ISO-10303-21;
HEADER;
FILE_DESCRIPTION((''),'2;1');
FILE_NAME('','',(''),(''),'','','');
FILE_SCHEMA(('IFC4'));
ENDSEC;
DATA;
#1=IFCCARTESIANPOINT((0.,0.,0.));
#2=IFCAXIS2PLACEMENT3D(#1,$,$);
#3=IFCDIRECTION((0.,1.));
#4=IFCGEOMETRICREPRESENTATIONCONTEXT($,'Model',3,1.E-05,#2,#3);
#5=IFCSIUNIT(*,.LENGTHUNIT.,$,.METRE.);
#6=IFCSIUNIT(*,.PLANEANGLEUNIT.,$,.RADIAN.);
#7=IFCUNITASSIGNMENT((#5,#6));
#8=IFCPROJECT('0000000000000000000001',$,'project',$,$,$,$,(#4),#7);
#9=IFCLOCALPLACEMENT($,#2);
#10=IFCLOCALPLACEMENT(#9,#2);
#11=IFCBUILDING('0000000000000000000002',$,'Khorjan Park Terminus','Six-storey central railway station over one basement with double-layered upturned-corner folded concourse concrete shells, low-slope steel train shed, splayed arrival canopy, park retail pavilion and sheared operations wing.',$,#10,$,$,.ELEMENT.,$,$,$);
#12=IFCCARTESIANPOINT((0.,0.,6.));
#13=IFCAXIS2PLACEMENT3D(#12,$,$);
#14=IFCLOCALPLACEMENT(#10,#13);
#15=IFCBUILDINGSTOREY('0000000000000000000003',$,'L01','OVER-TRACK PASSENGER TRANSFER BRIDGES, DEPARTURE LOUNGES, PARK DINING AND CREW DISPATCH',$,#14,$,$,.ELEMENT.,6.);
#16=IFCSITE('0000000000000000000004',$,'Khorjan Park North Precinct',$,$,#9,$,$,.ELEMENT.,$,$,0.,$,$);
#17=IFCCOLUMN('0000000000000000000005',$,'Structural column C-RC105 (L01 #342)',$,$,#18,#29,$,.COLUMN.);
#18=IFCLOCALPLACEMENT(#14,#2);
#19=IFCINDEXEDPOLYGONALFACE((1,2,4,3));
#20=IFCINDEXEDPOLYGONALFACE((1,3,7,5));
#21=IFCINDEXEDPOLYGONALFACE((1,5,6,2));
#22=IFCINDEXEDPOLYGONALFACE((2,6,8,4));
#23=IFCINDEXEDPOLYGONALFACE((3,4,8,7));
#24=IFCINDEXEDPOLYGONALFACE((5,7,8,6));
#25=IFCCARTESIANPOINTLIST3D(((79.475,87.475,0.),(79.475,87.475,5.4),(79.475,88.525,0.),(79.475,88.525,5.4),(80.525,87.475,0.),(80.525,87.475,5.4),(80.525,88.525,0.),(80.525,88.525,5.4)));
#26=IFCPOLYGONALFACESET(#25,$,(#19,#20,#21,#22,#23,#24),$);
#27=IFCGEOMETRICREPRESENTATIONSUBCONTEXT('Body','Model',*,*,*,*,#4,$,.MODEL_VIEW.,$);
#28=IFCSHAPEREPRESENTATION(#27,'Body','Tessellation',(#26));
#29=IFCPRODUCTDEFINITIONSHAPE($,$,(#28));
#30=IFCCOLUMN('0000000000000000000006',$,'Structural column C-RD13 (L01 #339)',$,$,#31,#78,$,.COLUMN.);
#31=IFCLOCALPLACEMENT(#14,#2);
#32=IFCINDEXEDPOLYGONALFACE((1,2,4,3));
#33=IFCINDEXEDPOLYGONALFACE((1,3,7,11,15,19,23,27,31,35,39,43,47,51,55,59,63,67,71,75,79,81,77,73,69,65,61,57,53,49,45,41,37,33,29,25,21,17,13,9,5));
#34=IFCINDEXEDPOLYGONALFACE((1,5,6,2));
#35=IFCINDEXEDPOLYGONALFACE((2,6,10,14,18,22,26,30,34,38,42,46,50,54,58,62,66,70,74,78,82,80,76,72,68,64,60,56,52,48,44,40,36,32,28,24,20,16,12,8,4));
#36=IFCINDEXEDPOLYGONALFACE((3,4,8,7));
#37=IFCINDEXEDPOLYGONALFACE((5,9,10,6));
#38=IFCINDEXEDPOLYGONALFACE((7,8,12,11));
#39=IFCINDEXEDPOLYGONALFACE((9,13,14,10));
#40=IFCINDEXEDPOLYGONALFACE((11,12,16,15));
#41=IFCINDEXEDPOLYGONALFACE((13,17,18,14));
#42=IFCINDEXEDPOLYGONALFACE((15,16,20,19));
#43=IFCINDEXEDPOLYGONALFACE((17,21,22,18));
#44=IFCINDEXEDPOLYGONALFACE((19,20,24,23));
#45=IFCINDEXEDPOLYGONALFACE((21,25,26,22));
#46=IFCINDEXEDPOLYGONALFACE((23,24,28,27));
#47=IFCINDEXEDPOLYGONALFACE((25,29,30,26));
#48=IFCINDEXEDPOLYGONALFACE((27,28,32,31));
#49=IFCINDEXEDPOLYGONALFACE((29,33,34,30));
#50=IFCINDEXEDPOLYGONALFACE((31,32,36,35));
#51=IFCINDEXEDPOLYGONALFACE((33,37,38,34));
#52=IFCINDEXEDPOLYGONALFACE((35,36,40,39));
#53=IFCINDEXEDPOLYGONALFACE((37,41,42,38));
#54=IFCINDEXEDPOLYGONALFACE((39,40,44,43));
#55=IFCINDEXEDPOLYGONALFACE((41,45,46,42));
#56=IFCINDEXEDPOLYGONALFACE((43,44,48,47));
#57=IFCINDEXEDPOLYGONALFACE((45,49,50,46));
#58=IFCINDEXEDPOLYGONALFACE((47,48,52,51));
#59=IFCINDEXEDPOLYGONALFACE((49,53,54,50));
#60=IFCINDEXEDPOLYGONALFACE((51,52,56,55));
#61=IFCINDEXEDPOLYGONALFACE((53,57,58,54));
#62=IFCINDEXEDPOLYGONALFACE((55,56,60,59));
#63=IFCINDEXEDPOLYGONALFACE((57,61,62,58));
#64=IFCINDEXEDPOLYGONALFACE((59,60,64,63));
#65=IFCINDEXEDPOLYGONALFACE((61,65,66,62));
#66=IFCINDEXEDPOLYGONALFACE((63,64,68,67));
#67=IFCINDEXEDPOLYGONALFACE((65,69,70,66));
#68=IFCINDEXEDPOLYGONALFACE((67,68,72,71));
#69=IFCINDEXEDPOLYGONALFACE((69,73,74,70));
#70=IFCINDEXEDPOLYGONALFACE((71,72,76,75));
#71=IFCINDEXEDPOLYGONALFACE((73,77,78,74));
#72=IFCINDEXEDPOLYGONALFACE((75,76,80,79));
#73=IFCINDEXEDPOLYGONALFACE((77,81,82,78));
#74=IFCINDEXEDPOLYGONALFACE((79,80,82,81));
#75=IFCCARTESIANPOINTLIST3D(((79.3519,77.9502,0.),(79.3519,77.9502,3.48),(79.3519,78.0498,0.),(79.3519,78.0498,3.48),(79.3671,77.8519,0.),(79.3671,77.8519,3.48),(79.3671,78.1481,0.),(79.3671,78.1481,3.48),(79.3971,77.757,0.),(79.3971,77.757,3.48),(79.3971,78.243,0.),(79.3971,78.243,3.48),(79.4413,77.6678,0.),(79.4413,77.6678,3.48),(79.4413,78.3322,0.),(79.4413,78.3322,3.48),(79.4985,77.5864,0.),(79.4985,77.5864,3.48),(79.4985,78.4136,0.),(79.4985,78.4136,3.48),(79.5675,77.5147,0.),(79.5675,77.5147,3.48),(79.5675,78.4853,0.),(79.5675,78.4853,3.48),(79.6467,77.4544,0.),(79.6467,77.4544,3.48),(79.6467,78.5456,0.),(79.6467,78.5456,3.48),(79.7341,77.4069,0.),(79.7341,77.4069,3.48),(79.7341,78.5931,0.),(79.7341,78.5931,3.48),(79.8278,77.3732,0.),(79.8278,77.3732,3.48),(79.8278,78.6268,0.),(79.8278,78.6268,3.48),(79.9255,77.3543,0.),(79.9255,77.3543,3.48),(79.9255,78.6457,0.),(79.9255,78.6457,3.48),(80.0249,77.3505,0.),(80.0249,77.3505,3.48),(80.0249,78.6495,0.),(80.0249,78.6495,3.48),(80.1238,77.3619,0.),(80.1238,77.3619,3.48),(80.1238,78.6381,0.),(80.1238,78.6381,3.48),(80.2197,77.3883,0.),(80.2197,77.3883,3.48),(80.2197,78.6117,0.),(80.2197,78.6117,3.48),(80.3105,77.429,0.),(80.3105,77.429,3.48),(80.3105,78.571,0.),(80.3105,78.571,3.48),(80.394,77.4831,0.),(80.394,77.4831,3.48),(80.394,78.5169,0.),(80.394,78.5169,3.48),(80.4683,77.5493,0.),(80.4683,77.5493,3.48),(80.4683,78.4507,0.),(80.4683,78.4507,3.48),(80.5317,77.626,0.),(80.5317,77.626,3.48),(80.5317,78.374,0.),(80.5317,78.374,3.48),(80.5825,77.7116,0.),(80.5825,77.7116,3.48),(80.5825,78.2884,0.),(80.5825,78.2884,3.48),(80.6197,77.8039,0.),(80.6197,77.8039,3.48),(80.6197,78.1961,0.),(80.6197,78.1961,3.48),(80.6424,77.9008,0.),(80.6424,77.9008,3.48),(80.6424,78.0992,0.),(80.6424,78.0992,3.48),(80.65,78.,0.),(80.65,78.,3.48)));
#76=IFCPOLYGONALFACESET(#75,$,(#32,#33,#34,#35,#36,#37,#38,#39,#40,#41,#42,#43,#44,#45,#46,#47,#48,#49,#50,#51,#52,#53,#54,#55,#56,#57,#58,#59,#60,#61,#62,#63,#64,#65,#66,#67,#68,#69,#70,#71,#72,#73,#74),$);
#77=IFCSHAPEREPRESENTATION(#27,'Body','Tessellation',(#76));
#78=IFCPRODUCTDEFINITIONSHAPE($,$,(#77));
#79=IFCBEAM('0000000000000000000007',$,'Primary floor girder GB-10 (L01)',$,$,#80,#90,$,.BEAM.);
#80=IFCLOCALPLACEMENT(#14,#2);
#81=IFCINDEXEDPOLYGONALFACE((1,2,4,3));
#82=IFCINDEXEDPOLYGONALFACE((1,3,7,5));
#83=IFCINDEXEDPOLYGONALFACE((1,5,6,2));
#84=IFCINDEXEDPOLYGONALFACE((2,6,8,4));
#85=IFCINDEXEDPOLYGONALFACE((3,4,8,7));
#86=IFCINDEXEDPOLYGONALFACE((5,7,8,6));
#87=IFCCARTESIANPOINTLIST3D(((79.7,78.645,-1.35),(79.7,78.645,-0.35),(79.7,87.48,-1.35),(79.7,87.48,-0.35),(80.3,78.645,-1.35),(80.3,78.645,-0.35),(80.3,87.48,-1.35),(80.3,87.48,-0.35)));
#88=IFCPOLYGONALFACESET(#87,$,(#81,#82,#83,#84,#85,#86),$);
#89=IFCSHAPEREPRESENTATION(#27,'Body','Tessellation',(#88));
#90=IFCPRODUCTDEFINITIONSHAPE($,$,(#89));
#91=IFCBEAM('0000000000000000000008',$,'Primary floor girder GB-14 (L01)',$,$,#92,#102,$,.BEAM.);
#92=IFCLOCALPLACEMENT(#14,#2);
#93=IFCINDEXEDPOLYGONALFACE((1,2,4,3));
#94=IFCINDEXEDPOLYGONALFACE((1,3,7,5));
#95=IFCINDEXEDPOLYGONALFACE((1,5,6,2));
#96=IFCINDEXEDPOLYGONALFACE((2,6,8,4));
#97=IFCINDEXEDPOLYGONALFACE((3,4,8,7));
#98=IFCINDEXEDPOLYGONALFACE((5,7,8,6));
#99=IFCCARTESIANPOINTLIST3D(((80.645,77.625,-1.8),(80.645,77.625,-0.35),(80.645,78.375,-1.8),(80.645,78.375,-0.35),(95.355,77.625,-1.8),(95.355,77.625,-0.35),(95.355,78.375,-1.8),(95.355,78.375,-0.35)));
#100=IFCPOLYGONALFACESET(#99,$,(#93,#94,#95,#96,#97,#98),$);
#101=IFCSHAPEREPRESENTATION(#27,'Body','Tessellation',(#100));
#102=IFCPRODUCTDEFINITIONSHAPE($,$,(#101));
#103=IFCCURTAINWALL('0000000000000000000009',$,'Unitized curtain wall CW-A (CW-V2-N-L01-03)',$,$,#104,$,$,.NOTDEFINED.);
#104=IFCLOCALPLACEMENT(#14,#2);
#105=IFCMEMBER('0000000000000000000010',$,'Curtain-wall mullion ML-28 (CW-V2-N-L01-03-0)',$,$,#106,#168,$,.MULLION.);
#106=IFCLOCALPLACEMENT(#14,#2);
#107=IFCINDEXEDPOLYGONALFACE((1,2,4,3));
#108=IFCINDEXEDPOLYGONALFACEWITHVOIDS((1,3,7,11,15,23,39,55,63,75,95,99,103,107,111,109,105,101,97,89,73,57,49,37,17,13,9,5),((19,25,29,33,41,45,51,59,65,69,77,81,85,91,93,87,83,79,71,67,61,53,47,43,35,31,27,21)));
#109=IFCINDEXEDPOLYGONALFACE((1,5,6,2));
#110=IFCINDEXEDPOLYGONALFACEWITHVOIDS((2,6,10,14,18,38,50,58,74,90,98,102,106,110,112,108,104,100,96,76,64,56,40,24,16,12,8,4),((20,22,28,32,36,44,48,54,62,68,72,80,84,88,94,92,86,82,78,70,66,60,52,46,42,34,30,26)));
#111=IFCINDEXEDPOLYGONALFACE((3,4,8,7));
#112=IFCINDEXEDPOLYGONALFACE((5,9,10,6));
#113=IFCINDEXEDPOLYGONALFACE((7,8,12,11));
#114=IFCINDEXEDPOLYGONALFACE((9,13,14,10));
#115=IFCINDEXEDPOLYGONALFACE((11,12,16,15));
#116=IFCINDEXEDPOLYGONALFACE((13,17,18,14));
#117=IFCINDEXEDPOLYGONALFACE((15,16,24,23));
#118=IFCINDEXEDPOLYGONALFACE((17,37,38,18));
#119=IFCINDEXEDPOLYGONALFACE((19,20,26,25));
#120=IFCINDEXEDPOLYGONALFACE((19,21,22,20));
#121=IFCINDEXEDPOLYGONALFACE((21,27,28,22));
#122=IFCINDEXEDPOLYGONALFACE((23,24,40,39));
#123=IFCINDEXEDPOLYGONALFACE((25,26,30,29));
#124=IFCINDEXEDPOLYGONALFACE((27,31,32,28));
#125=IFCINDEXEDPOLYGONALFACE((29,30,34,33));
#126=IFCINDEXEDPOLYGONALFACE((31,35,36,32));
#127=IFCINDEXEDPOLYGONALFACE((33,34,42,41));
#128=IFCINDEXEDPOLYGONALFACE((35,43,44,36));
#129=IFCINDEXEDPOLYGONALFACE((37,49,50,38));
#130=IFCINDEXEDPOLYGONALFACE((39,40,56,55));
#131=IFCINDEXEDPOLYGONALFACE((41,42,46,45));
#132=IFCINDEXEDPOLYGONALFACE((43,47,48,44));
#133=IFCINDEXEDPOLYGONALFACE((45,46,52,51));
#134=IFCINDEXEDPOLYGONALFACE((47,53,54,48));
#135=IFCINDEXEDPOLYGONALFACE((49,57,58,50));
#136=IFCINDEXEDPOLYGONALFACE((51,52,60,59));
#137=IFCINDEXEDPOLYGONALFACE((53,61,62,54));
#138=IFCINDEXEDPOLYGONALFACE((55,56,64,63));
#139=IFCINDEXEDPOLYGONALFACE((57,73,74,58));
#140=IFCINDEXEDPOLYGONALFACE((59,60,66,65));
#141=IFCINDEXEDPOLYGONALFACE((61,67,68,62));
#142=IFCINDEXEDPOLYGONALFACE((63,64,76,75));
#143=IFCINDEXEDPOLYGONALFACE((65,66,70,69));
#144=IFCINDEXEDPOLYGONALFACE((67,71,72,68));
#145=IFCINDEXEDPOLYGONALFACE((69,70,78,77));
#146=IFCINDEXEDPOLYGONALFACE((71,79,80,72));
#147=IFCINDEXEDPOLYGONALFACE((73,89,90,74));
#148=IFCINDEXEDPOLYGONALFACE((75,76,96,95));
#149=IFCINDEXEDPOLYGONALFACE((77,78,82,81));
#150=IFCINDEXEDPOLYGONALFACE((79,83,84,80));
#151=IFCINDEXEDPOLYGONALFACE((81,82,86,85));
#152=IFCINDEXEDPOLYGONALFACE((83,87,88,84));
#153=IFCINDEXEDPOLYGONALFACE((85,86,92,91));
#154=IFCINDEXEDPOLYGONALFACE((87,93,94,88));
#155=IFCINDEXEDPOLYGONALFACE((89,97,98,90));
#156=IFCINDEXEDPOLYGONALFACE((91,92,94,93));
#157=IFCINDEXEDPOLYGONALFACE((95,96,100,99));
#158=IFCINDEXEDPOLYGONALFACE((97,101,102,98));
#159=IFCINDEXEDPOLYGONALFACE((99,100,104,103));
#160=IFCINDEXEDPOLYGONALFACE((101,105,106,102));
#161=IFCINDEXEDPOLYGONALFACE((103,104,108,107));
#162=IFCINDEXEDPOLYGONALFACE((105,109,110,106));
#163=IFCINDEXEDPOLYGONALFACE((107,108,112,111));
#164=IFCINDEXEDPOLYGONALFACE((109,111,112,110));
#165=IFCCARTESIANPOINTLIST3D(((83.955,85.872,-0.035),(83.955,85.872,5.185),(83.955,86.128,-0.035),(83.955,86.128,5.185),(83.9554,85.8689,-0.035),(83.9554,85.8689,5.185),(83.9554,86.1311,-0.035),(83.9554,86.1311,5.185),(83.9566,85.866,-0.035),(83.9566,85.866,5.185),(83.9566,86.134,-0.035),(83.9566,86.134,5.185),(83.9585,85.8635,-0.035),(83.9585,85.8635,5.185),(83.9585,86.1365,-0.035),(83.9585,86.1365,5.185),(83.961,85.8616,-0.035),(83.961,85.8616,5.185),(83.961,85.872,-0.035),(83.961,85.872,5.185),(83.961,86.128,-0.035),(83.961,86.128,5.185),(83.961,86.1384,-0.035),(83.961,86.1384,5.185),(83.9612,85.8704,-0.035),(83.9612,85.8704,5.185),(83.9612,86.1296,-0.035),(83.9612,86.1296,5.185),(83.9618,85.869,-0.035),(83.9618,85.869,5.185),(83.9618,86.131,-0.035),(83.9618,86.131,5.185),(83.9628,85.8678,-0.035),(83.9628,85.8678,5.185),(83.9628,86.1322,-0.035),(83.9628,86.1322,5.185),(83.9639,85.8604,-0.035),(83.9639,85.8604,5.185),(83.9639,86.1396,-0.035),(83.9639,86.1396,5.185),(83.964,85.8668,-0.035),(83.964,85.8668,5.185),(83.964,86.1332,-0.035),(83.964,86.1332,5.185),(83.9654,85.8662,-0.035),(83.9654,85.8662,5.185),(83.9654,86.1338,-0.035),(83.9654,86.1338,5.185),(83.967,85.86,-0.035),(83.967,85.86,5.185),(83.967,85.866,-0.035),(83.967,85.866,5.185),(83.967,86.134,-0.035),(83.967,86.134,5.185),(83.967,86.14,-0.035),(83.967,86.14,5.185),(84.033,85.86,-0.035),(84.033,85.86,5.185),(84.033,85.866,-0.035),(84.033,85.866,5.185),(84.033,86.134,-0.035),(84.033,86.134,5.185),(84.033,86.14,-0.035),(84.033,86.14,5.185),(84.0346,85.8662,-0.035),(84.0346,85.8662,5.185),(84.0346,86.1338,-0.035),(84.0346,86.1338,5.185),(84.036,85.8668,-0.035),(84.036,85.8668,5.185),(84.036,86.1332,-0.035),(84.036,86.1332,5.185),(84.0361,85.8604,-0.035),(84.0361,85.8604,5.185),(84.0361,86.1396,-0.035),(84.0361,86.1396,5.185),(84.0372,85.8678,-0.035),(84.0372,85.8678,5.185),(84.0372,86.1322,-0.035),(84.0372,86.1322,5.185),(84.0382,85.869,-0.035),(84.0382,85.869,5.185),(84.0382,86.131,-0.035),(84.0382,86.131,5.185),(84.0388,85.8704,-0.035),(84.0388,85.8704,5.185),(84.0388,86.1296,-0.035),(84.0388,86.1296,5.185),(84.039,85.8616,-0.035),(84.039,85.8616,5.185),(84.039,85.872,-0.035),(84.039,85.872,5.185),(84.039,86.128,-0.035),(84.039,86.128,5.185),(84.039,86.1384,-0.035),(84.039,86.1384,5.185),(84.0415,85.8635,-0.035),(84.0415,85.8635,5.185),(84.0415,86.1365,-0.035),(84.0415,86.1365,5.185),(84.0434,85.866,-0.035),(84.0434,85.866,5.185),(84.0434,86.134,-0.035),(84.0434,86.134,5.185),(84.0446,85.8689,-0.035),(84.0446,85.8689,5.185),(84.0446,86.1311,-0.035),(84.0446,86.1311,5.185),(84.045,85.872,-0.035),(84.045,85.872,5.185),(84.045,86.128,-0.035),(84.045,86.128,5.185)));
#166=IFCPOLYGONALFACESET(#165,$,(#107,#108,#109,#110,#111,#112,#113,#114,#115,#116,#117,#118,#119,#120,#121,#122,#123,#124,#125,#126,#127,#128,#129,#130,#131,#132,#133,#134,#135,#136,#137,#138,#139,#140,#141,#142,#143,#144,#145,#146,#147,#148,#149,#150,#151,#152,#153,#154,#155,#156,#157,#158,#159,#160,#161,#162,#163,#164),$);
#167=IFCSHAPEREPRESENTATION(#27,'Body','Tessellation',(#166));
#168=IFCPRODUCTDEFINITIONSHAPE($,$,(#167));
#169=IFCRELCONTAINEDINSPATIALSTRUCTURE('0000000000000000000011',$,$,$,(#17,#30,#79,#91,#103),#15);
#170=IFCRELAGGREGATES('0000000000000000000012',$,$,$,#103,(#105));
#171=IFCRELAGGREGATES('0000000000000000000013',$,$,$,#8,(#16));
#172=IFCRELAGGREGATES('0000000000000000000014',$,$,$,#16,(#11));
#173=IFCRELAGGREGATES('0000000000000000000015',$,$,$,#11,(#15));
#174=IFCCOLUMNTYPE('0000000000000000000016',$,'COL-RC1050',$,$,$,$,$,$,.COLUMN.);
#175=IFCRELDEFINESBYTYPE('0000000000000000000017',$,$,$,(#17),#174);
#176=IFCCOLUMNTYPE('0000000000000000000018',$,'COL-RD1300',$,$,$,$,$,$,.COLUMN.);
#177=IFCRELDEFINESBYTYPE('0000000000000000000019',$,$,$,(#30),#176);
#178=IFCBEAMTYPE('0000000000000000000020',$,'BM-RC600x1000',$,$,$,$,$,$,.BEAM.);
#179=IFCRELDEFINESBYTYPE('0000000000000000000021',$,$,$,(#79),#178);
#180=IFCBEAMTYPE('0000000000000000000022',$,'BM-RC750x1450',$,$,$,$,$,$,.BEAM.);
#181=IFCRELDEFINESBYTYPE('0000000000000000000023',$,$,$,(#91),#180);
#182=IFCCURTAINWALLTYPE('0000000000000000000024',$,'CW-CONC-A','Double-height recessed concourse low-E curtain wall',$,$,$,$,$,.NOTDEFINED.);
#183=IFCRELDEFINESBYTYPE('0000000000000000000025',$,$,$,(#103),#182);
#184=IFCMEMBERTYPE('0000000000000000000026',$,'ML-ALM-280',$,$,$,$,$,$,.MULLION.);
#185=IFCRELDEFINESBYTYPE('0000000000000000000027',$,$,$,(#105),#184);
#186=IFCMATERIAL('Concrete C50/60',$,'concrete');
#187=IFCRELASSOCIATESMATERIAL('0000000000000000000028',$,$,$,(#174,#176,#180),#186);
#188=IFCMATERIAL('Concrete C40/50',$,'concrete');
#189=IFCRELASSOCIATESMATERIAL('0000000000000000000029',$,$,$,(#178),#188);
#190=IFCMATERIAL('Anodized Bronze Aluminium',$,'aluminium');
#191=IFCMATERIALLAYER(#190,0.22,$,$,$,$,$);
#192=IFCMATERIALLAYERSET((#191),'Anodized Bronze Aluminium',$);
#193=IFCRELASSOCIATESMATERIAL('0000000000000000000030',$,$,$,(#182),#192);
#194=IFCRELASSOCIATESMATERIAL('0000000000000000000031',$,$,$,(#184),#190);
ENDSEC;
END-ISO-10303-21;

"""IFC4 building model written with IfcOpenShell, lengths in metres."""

from ifc_helpers import new_model, si_unit, direction, frame, origin, origin_2d, place, context, subcontext, project, spatial, rectangle, hollow_rectangle, circle, extrude, material, layer, layer_set, material_profile, profile_set, type_object, element, aggregate, save


model = new_model("IFC4")

# Units and contexts
model_context = context("Model", 3, precision=1e-05, world=origin(), true_north=direction((0.0, 1.0)))
body_context = subcontext(model_context, "Body", "Model", "MODEL_VIEW")
ifc_project = project(units=[si_unit("LENGTHUNIT", "METRE"), si_unit("PLANEANGLEUNIT", "RADIAN")], contexts=[model_context])

# Site, building, storey
site_placement = place(None, origin())
site = spatial("IfcSite", under=ifc_project, at=site_placement, Name="Khorjan Park North Precinct", CompositionType="ELEMENT", RefElevation=0.0)
building_placement = place(site_placement, origin())
building = spatial("IfcBuilding", under=site, at=building_placement, Name="Khorjan Park Terminus", Description="Six-storey central railway station over one basement with double-layered upturned-corner folded concourse concrete shells, low-slope steel train shed, splayed arrival canopy, park retail pavilion and sheared operations wing.", CompositionType="ELEMENT")
storey_placement = place(building_placement, frame((0.0, 0.0, 6.0)))
storey = spatial("IfcBuildingStorey", under=building, at=storey_placement, Name="L01", Description="OVER-TRACK PASSENGER TRANSFER BRIDGES, DEPARTURE LOUNGES, PARK DINING AND CREW DISPATCH", CompositionType="ELEMENT", Elevation=6.0)

# Columns
ifc_material_1 = material(Name="Concrete C50/60", Category="concrete")
ifc_material_profile_1 = material_profile(ifc_material_1, rectangle(XDim=1.05, YDim=1.05, at=origin_2d()), Name="RC 1050x1050")
ifc_profile_set_1 = profile_set([ifc_material_profile_1], Name="Concrete C50/60")
column_type_1 = type_object("IfcColumnType", Name="COL-RC1050", PredefinedType="COLUMN", material=ifc_profile_set_1)
column_1_placement = place(storey_placement, frame((80.0, 88.0, 0.0), z_axis=(0.0, 0.0, 1.0), x_axis=(1.0, 0.0, 0.0)))
element("IfcColumn", 1, at=column_1_placement, inside=storey, type_object=column_type_1, Name="Structural column C-RC105 (L01 #342)", PredefinedType="COLUMN", context=body_context, shape_type="SweptSolid", body=[
    extrude(rectangle(XDim=1.05, YDim=1.05, at=origin_2d()), origin(), (0.0, 0.0, 1.0), 5.4),
])
ifc_material_profile_2 = material_profile(ifc_material_1, circle(Radius=0.65, at=origin_2d()), Name="RC D1300")
ifc_profile_set_2 = profile_set([ifc_material_profile_2], Name="Concrete C50/60")
column_type_2 = type_object("IfcColumnType", Name="COL-RD1300", PredefinedType="COLUMN", material=ifc_profile_set_2)
column_2_placement = place(storey_placement, frame((80.0, 78.0, 0.0), z_axis=(0.0, 0.0, 1.0), x_axis=(1.0, 0.0, 0.0)))
element("IfcColumn", 2, at=column_2_placement, inside=storey, type_object=column_type_2, Name="Structural column C-RD13 (L01 #339)", PredefinedType="COLUMN", context=body_context, shape_type="SweptSolid", body=[
    extrude(circle(Radius=0.65, at=origin_2d()), origin(), (0.0, 0.0, 1.0), 3.48),
])

# Beams
ifc_material_2 = material(Name="Concrete C40/50", Category="concrete")
ifc_material_profile_3 = material_profile(ifc_material_2, rectangle(XDim=0.6, YDim=1.0, at=origin_2d()), Name="RC 600x1000")
ifc_profile_set_3 = profile_set([ifc_material_profile_3], Name="Concrete C40/50")
beam_type_1 = type_object("IfcBeamType", Name="BM-RC600x1000", PredefinedType="BEAM", material=ifc_profile_set_3)
beam_1_placement = place(storey_placement, frame((80.0, 78.645, -0.85), z_axis=(0.0, 1.0, 0.0), x_axis=(-1.0, 0.0, 0.0)))
element("IfcBeam", 3, at=beam_1_placement, inside=storey, type_object=beam_type_1, Name="Primary floor girder GB-10 (L01)", PredefinedType="BEAM", context=body_context, shape_type="SweptSolid", body=[
    extrude(rectangle(XDim=0.6, YDim=1.0, at=origin_2d()), origin(), (0.0, 0.0, 1.0), 8.835),
])
ifc_material_profile_4 = material_profile(ifc_material_1, rectangle(XDim=0.75, YDim=1.45, at=origin_2d()), Name="RC 750x1450")
ifc_profile_set_4 = profile_set([ifc_material_profile_4], Name="Concrete C50/60")
beam_type_2 = type_object("IfcBeamType", Name="BM-RC750x1450", PredefinedType="BEAM", material=ifc_profile_set_4)
beam_2_placement = place(storey_placement, frame((80.645, 78.0, -1.075), z_axis=(1.0, 0.0, 0.0), x_axis=(0.0, 1.0, 0.0)))
element("IfcBeam", 4, at=beam_2_placement, inside=storey, type_object=beam_type_2, Name="Primary floor girder GB-14 (L01)", PredefinedType="BEAM", context=body_context, shape_type="SweptSolid", body=[
    extrude(rectangle(XDim=0.75, YDim=1.45, at=origin_2d()), origin(), (0.0, 0.0, 1.0), 14.71),
])

# Curtain wall, member
ifc_material_3 = material(Name="Anodized Bronze Aluminium", Category="aluminium")
ifc_layer_1 = layer(ifc_material_3, 0.22)
ifc_layer_set_1 = layer_set([ifc_layer_1], Name="Anodized Bronze Aluminium")
curtain_wall_type = type_object("IfcCurtainWallType", Name="CW-CONC-A", Description="Double-height recessed concourse low-E curtain wall", PredefinedType="NOTDEFINED", material=ifc_layer_set_1)
curtain_wall_1_placement = place(storey_placement, origin())
curtain_wall_1 = element("IfcCurtainWall", 5, at=curtain_wall_1_placement, inside=storey, type_object=curtain_wall_type, Name="Unitized curtain wall CW-A (CW-V2-N-L01-03)", PredefinedType="NOTDEFINED")
ifc_material_profile_5 = material_profile(ifc_material_3, hollow_rectangle(XDim=0.09, YDim=0.28, WallThickness=0.006, InnerFilletRadius=0.006, OuterFilletRadius=0.012, at=origin_2d()), Name="ALM 90x280x6")
ifc_profile_set_5 = profile_set([ifc_material_profile_5], Name="Anodized Bronze Aluminium")
member_type_1 = type_object("IfcMemberType", Name="ML-ALM-280", PredefinedType="MULLION", material=ifc_profile_set_5)
member_1_placement = place(storey_placement, frame((84.0, 86.0, -0.035), z_axis=(0.0, 0.0, 1.0), x_axis=(-1.0, 0.0, 0.0)))
member_1 = element("IfcMember", 6, at=member_1_placement, type_object=member_type_1, Name="Curtain-wall mullion ML-28 (CW-V2-N-L01-03-0)", PredefinedType="MULLION", context=body_context, shape_type="SweptSolid", body=[
    extrude(hollow_rectangle(XDim=0.09, YDim=0.28, WallThickness=0.006, InnerFilletRadius=0.006, OuterFilletRadius=0.012, at=origin_2d()), origin(), (0.0, 0.0, 1.0), 5.22),
])

aggregate(curtain_wall_1, [member_1])

save(model, "model.ifc")
